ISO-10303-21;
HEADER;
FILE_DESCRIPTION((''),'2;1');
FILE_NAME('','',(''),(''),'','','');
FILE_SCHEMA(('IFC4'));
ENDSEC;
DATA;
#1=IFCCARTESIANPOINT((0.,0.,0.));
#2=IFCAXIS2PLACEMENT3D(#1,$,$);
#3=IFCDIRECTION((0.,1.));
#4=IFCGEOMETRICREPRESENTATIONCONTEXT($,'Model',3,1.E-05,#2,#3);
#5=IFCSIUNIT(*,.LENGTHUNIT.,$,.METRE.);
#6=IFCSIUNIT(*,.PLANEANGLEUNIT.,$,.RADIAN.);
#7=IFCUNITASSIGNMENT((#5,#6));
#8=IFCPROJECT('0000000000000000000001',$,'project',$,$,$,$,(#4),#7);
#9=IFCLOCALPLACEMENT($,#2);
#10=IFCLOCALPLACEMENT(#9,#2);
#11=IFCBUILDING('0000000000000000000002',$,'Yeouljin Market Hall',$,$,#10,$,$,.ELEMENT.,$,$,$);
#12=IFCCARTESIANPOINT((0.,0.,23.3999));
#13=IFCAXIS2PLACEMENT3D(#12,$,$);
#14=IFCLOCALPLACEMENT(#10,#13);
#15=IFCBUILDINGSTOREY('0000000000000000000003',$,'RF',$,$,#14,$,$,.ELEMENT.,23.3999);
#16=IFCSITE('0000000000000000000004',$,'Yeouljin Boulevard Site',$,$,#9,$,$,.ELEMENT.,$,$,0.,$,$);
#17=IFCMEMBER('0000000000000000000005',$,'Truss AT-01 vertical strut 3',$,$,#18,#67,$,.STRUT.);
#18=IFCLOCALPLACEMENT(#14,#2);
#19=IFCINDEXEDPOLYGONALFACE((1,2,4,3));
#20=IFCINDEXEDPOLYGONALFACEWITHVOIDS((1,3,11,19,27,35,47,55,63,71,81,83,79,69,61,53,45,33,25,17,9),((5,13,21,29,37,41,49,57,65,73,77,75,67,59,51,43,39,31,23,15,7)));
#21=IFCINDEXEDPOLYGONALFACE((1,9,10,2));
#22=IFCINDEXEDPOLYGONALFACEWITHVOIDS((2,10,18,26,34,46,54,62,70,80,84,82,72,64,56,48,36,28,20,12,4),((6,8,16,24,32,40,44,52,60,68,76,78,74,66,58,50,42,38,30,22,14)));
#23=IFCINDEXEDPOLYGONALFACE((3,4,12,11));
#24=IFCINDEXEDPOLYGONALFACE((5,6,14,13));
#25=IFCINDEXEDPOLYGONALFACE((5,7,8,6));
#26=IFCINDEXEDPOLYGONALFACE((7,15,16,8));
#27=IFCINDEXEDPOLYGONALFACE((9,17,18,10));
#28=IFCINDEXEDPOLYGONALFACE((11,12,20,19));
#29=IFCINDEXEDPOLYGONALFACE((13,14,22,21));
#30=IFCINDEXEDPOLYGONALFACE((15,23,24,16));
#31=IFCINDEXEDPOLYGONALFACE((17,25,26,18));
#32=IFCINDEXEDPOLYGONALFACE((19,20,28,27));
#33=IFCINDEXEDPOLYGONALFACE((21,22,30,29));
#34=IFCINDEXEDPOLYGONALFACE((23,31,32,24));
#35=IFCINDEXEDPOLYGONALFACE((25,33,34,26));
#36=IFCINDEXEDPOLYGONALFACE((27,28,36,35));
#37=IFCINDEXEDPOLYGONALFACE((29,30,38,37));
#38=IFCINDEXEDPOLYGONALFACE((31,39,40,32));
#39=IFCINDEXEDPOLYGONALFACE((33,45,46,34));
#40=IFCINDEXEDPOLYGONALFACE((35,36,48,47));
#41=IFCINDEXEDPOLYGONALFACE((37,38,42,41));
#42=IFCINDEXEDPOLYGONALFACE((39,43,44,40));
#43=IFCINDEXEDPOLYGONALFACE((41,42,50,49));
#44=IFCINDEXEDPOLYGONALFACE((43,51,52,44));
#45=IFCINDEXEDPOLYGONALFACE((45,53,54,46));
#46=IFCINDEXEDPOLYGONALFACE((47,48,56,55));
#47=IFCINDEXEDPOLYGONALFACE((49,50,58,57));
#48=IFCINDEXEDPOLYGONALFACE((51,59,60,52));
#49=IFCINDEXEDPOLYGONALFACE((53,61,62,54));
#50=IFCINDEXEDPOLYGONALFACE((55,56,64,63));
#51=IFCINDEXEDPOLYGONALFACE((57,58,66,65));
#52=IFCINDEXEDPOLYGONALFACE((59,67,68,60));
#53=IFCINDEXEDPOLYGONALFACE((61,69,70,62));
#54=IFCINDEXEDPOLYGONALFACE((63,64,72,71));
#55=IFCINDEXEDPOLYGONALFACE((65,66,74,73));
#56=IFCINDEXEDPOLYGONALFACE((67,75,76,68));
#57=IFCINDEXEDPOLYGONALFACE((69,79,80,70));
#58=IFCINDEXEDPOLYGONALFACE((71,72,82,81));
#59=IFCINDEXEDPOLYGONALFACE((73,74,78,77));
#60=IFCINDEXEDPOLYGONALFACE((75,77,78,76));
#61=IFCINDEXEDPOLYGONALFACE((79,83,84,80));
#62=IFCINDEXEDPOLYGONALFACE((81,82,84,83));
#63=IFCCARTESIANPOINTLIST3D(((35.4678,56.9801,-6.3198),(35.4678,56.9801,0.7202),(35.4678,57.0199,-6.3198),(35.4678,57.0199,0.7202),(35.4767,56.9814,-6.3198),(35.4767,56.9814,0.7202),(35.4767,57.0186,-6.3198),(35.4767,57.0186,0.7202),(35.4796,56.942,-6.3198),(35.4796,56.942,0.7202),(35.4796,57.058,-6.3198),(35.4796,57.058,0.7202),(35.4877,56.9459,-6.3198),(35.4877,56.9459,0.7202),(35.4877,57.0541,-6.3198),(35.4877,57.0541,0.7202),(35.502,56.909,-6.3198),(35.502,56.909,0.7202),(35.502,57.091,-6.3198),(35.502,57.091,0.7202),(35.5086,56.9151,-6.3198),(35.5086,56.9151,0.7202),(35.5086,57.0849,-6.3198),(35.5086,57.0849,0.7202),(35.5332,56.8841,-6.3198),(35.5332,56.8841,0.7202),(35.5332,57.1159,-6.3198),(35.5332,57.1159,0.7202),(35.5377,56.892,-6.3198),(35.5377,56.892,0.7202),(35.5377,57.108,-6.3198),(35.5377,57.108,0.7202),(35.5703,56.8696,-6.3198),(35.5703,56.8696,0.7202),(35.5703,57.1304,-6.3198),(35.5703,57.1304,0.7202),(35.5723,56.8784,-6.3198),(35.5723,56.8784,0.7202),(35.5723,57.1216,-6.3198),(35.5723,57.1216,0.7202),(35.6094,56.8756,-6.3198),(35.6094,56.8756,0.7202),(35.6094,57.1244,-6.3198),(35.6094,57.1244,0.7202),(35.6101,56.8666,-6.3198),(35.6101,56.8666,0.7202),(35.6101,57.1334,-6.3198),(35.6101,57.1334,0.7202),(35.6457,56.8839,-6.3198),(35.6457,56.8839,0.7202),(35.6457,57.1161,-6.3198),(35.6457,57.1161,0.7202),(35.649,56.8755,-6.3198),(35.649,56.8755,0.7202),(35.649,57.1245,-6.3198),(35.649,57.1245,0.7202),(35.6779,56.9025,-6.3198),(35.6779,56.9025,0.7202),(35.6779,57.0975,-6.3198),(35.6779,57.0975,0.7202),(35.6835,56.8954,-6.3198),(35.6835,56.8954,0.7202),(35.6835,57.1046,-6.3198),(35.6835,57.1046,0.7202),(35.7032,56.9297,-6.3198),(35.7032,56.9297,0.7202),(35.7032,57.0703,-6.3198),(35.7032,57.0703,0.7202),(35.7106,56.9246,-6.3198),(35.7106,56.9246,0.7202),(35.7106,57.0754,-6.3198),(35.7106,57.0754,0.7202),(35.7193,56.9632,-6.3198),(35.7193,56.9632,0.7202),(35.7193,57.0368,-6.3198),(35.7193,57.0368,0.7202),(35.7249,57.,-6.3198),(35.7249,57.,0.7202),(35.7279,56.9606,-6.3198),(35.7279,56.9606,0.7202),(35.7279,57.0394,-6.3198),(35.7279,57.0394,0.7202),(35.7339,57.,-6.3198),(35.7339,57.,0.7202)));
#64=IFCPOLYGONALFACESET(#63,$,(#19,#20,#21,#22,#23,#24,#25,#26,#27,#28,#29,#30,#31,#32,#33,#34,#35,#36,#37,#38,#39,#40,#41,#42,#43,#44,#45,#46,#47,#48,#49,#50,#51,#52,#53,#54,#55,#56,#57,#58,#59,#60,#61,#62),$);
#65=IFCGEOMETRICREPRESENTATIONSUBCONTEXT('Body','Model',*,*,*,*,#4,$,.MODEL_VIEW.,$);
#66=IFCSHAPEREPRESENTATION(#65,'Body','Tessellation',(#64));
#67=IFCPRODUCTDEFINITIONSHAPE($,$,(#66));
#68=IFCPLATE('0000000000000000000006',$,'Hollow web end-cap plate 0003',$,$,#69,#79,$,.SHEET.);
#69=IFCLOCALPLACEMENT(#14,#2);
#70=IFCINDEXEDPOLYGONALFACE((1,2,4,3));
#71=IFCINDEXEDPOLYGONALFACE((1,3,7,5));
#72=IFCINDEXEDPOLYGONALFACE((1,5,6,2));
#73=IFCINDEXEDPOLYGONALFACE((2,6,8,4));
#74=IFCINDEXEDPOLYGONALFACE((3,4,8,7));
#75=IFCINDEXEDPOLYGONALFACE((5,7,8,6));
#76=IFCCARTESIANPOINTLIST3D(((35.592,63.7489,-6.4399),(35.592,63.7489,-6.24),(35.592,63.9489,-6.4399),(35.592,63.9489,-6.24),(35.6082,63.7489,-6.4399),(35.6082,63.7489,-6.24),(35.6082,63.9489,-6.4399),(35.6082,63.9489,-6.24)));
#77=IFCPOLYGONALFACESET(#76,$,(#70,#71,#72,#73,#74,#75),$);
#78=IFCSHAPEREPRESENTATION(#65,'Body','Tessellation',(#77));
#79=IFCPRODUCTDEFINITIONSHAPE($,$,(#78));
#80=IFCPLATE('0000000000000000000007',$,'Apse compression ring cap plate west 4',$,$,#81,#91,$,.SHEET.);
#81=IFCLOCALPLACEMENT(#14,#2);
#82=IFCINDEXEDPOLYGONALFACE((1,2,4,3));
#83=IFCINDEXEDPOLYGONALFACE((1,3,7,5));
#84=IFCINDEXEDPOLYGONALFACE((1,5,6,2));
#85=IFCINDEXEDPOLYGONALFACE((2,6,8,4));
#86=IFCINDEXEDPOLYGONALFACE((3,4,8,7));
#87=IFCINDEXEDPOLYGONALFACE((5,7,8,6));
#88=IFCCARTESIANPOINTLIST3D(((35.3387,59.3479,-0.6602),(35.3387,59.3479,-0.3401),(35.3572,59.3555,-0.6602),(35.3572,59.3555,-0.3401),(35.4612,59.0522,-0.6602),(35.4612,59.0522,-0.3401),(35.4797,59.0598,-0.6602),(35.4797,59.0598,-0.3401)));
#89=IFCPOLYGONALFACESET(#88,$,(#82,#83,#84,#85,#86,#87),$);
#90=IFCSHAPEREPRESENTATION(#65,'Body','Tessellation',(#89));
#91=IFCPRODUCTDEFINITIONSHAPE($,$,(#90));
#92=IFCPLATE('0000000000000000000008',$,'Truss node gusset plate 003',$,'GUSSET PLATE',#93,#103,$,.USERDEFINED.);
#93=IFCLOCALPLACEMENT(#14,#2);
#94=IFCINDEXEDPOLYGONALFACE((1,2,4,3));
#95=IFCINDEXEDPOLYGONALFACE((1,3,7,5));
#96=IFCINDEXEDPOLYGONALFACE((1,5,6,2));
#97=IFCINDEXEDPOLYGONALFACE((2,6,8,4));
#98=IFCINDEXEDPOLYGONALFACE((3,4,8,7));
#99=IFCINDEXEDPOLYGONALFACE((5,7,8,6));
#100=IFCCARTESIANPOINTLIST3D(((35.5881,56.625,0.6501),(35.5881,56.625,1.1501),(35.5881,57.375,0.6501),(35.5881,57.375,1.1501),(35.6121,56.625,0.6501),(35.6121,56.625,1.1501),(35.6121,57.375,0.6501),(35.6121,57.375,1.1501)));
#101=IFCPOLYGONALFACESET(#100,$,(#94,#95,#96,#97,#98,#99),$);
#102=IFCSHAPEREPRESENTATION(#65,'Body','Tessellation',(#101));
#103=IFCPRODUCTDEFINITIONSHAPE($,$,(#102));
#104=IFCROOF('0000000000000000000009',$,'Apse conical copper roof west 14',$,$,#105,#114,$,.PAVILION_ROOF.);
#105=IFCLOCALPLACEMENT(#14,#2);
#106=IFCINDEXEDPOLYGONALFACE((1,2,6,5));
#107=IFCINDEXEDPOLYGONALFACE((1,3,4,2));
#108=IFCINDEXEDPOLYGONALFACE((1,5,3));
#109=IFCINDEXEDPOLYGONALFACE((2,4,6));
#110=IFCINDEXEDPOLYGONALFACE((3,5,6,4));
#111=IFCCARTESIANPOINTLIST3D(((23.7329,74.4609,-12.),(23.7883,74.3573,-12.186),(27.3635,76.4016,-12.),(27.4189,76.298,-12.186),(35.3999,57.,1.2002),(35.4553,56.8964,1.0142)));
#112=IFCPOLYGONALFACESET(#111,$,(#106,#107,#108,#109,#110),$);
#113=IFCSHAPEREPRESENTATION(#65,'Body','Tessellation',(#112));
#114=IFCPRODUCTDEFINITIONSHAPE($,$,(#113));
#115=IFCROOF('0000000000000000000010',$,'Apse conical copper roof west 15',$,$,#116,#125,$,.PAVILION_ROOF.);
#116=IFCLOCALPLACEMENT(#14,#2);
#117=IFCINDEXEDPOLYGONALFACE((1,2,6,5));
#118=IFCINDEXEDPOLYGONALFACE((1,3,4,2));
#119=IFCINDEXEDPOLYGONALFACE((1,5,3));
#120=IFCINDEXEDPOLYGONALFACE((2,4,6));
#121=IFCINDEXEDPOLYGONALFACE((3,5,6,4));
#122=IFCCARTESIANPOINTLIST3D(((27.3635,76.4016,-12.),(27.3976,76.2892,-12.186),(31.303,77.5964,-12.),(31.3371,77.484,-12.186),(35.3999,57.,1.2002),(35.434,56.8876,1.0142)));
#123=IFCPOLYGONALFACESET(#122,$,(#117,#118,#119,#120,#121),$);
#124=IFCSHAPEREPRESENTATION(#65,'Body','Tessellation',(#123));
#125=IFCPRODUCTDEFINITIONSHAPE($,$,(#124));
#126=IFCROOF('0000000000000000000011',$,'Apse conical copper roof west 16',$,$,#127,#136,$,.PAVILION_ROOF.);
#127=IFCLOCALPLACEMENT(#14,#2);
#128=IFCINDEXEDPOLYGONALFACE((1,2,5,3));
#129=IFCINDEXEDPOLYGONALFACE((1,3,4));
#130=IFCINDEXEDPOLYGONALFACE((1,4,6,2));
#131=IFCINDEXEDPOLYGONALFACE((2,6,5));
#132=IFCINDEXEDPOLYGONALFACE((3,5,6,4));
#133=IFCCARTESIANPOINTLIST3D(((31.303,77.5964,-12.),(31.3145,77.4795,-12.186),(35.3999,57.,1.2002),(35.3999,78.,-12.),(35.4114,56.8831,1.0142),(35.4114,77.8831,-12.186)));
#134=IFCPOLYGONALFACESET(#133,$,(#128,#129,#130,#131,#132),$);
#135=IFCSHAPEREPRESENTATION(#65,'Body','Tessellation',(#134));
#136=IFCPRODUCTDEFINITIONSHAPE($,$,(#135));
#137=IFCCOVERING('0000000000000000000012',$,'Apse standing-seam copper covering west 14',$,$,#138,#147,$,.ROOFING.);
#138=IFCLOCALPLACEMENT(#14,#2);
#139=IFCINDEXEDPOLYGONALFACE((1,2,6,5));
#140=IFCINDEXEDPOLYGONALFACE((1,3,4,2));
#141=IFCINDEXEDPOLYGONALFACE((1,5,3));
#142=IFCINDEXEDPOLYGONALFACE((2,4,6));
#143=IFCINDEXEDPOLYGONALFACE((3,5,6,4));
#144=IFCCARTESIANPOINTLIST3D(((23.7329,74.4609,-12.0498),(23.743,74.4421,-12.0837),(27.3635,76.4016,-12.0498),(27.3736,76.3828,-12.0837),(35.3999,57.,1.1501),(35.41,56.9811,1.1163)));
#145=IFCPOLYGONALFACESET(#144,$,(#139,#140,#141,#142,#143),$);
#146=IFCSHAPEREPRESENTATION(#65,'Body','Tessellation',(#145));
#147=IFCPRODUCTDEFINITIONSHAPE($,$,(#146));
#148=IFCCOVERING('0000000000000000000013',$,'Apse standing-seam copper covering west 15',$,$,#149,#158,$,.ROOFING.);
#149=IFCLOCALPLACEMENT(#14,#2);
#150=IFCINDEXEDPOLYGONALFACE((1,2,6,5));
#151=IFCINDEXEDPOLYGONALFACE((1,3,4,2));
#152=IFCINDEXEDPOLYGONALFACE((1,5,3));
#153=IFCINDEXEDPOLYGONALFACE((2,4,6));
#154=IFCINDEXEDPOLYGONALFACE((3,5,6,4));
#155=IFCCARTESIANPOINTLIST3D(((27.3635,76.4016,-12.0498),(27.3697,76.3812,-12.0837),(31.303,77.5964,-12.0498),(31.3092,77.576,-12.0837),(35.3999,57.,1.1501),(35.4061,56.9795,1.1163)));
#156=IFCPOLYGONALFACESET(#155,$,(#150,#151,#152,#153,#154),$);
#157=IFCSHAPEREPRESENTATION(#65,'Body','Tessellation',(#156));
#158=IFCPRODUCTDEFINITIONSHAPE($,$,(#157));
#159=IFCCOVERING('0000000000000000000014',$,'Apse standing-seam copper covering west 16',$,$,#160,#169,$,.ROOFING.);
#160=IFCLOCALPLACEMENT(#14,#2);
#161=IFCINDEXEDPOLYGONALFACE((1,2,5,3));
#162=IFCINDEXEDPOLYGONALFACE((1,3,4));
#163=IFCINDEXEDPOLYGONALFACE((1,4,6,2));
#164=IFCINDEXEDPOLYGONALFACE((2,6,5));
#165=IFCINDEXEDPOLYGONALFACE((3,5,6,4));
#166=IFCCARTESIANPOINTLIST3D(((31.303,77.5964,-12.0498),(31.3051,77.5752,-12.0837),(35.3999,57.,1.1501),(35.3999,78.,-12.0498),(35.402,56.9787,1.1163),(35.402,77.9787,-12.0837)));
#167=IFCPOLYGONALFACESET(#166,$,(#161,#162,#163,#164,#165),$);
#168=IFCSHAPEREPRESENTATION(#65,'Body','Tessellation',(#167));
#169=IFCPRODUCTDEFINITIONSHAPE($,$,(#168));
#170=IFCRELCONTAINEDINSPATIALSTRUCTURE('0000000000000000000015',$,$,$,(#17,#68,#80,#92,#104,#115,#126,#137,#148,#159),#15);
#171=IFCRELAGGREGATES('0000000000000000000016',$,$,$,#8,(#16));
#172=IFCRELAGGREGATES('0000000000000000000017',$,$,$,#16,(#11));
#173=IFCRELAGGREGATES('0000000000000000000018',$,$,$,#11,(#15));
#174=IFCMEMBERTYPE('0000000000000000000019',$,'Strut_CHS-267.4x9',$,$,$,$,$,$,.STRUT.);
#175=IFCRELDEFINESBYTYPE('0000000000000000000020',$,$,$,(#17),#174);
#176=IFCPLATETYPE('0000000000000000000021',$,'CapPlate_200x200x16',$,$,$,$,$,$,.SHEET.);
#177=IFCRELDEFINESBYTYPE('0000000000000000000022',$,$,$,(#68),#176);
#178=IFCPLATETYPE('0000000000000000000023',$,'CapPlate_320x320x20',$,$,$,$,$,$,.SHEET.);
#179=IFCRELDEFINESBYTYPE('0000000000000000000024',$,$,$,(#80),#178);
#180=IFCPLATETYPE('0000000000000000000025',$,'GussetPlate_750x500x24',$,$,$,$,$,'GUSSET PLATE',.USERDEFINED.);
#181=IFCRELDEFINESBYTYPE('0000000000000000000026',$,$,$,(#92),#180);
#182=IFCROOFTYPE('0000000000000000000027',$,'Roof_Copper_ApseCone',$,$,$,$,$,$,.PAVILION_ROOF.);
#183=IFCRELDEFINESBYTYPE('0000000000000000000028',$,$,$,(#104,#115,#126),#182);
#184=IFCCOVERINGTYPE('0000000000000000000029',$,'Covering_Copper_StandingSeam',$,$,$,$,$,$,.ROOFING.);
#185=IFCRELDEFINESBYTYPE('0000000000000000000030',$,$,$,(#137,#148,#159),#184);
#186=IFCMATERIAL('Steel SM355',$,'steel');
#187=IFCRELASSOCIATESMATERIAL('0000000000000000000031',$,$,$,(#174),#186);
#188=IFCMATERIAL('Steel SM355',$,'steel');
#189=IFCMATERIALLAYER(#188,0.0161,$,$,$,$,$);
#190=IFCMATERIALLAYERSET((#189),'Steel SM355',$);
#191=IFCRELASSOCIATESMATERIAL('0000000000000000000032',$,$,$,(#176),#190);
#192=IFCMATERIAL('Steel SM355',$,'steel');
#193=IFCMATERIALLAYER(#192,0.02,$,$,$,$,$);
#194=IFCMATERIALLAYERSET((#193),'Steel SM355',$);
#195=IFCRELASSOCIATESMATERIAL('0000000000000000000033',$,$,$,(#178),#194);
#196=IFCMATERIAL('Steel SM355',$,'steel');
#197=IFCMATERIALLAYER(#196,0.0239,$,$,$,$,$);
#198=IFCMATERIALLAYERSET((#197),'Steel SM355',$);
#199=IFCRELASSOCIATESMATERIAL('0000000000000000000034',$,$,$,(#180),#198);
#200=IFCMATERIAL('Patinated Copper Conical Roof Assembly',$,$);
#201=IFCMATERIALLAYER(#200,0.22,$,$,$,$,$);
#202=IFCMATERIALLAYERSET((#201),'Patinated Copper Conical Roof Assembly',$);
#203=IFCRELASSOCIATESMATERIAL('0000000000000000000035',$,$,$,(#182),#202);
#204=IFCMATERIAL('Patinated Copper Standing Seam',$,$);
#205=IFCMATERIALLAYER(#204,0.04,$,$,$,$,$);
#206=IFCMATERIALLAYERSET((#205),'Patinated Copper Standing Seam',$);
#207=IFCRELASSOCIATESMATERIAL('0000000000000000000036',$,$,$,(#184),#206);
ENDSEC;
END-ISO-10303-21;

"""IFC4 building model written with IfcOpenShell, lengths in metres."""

from ifc_helpers import new_model, si_unit, direction, frame, origin, origin_2d, place, context, subcontext, project, spatial, polyline, rectangle, hollow_circle, outline, extrude, material, layer, layer_set, material_profile, profile_set, type_object, element, save


model = new_model("IFC4")

# Units and contexts
model_context = context("Model", 3, precision=1e-05, world=origin(), true_north=direction((0.0, 1.0)))
body_context = subcontext(model_context, "Body", "Model", "MODEL_VIEW")
ifc_project = project(units=[si_unit("LENGTHUNIT", "METRE"), si_unit("PLANEANGLEUNIT", "RADIAN")], contexts=[model_context])

# Site, building, storey
site_placement = place(None, origin())
site = spatial("IfcSite", under=ifc_project, at=site_placement, Name="Yeouljin Boulevard Site", CompositionType="ELEMENT", RefElevation=0.0)
building_placement = place(site_placement, origin())
building = spatial("IfcBuilding", under=site, at=building_placement, Name="Yeouljin Market Hall", CompositionType="ELEMENT")
storey_placement = place(building_placement, frame((0.0, 0.0, 23.3999)))
storey = spatial("IfcBuildingStorey", under=building, at=storey_placement, Name="RF", CompositionType="ELEMENT", Elevation=23.3999)

# Member
ifc_material_1 = material(Name="Steel SM355", Category="steel")
ifc_material_profile_1 = material_profile(ifc_material_1, hollow_circle(Radius=0.1338, WallThickness=0.009, at=origin_2d()), Name="CHS-267.4x9")
ifc_profile_set_1 = profile_set([ifc_material_profile_1], Name="Steel SM355")
member_type_1 = type_object("IfcMemberType", Name="Strut_CHS-267.4x9", PredefinedType="STRUT", material=ifc_profile_set_1)
member_1_placement = place(storey_placement, frame((35.6001, 57.0, -6.3198), z_axis=(0.0, 0.0, 1.0), x_axis=(1.0, 0.0, 0.0)))
element("IfcMember", 1, at=member_1_placement, inside=storey, type_object=member_type_1, Name="Truss AT-01 vertical strut 3", PredefinedType="STRUT", context=body_context, shape_type="SweptSolid", body=[
    extrude(hollow_circle(Radius=0.1338, WallThickness=0.009, at=origin_2d()), origin(), (0.0, 0.0, 1.0), 7.04),
])

# Plates
ifc_material_2 = material(Name="Steel SM355", Category="steel")
ifc_layer_1 = layer(ifc_material_2, 0.0161)
ifc_layer_set_1 = layer_set([ifc_layer_1], Name="Steel SM355")
plate_type_1 = type_object("IfcPlateType", Name="CapPlate_200x200x16", PredefinedType="SHEET", material=ifc_layer_set_1)
plate_1_placement = place(storey_placement, frame((35.6001, 63.8489, -6.4399), z_axis=(0.0, 0.0, 1.0), x_axis=(0.0, 1.0, 0.0)))
element("IfcPlate", 2, at=plate_1_placement, inside=storey, type_object=plate_type_1, Name="Hollow web end-cap plate 0003", PredefinedType="SHEET", context=body_context, shape_type="SweptSolid", body=[
    extrude(rectangle(XDim=0.2, YDim=0.0161, at=origin_2d()), origin(), (0.0, 0.0, 1.0), 0.2),
])
ifc_material_3 = material(Name="Steel SM355", Category="steel")
ifc_layer_2 = layer(ifc_material_3, 0.02)
ifc_layer_set_2 = layer_set([ifc_layer_2], Name="Steel SM355")
plate_type_2 = type_object("IfcPlateType", Name="CapPlate_320x320x20", PredefinedType="SHEET", material=ifc_layer_set_2)
plate_2_placement = place(storey_placement, frame((35.4092, 59.2039, -0.6602), z_axis=(0.0, 0.0, 1.0), x_axis=(-0.382683, 0.92388, 0.0)))
element("IfcPlate", 3, at=plate_2_placement, inside=storey, type_object=plate_type_2, Name="Apse compression ring cap plate west 4", PredefinedType="SHEET", context=body_context, shape_type="SweptSolid", body=[
    extrude(rectangle(XDim=0.3201, YDim=0.02, at=origin_2d()), origin(), (0.0, 0.0, 1.0), 0.3201),
])
ifc_material_4 = material(Name="Steel SM355", Category="steel")
ifc_layer_3 = layer(ifc_material_4, 0.0239)
ifc_layer_set_3 = layer_set([ifc_layer_3], Name="Steel SM355")
plate_type_3 = type_object("IfcPlateType", Name="GussetPlate_750x500x24", ElementType="GUSSET PLATE", PredefinedType="USERDEFINED", material=ifc_layer_set_3)
plate_3_placement = place(storey_placement, frame((35.6001, 57.0, 0.6501), z_axis=(0.0, 0.0, 1.0), x_axis=(0.0, 1.0, 0.0)))
element("IfcPlate", 4, at=plate_3_placement, inside=storey, type_object=plate_type_3, Name="Truss node gusset plate 003", ObjectType="GUSSET PLATE", PredefinedType="USERDEFINED", context=body_context, shape_type="SweptSolid", body=[
    extrude(rectangle(XDim=0.75, YDim=0.0239, at=origin_2d()), origin(), (0.0, 0.0, 1.0), 0.5),
])

# Roofs
ifc_material_5 = material(Name="Patinated Copper Conical Roof Assembly")
ifc_layer_4 = layer(ifc_material_5, 0.22)
ifc_layer_set_4 = layer_set([ifc_layer_4], Name="Patinated Copper Conical Roof Assembly")
roof_type = type_object("IfcRoofType", Name="Roof_Copper_ApseCone", PredefinedType="PAVILION_ROOF", material=ifc_layer_set_4)
roof_1_placement = place(storey_placement, frame((35.3999, 57.0, 1.2002), z_axis=(-0.251741, 0.470957, 0.845474), x_axis=(-0.323992, 0.782189, -0.532175)))
element("IfcRoof", 5, at=roof_1_placement, inside=storey, type_object=roof_type, Name="Apse conical copper roof west 14", PredefinedType="PAVILION_ROOF", context=body_context, shape_type="SweptSolid", body=[
    extrude(outline(polyline([(0.0, 0.0), (24.8043, 0.0), (24.4626, 4.1025), (0.0, 0.0)])), origin(), (0.0, 0.0, -1.0), 0.22),
])
roof_2_placement = place(storey_placement, frame((35.3999, 57.0, 1.2002), z_axis=(-0.154994, 0.511031, 0.845473), x_axis=(-0.165171, 0.830364, -0.532178)))
element("IfcRoof", 6, at=roof_2_placement, inside=storey, type_object=roof_type, Name="Apse conical copper roof west 15", PredefinedType="PAVILION_ROOF", context=body_context, shape_type="SweptSolid", body=[
    extrude(outline(polyline([(0.0, 0.0), (24.8041, 0.0), (24.4626, 4.1025), (0.0, 0.0)])), origin(), (0.0, 0.0, -1.0), 0.22),
])
roof_3_placement = place(storey_placement, frame((35.3999, 57.0, 1.2002), z_axis=(-0.05235, 0.531447, 0.845472), x_axis=(0.0, 0.846633, -0.532177)))
element("IfcRoof", 7, at=roof_3_placement, inside=storey, type_object=roof_type, Name="Apse conical copper roof west 16", PredefinedType="PAVILION_ROOF", context=body_context, shape_type="SweptSolid", body=[
    extrude(outline(polyline([(0.0, 0.0), (24.8041, 0.0), (24.4625, 4.1025), (0.0, 0.0)])), origin(), (0.0, 0.0, -1.0), 0.22),
])

# Coverings
ifc_material_6 = material(Name="Patinated Copper Standing Seam")
ifc_layer_5 = layer(ifc_material_6, 0.04)
ifc_layer_set_5 = layer_set([ifc_layer_5], Name="Patinated Copper Standing Seam")
covering_type = type_object("IfcCoveringType", Name="Covering_Copper_StandingSeam", PredefinedType="ROOFING", material=ifc_layer_set_5)
covering_1_placement = place(storey_placement, frame((35.3999, 57.0, 1.1501), z_axis=(-0.251738, 0.470951, 0.845478), x_axis=(-0.323994, 0.782193, -0.532168)))
element("IfcCovering", 8, at=covering_1_placement, inside=storey, type_object=covering_type, Name="Apse standing-seam copper covering west 14", PredefinedType="ROOFING", context=body_context, shape_type="SweptSolid", body=[
    extrude(outline(polyline([(0.0, 0.0), (24.8041, 0.0), (24.4624, 4.1025), (0.0, 0.0)])), origin(), (0.0, 0.0, -1.0), 0.04),
])
covering_2_placement = place(storey_placement, frame((35.3999, 57.0, 1.1501), z_axis=(-0.154992, 0.511024, 0.845477), x_axis=(-0.165172, 0.830369, -0.532171)))
element("IfcCovering", 9, at=covering_2_placement, inside=storey, type_object=covering_type, Name="Apse standing-seam copper covering west 15", PredefinedType="ROOFING", context=body_context, shape_type="SweptSolid", body=[
    extrude(outline(polyline([(0.0, 0.0), (24.804, 0.0), (24.4625, 4.1025), (0.0, 0.0)])), origin(), (0.0, 0.0, -1.0), 0.04),
])
covering_3_placement = place(storey_placement, frame((35.3999, 57.0, 1.1501), z_axis=(-0.052349, 0.53144, 0.845477), x_axis=(0.0, 0.846637, -0.53217)))
element("IfcCovering", 10, at=covering_3_placement, inside=storey, type_object=covering_type, Name="Apse standing-seam copper covering west 16", PredefinedType="ROOFING", context=body_context, shape_type="SweptSolid", body=[
    extrude(outline(polyline([(0.0, 0.0), (24.804, 0.0), (24.4623, 4.1025), (0.0, 0.0)])), origin(), (0.0, 0.0, -1.0), 0.04),
])

save(model, "model.ifc")
